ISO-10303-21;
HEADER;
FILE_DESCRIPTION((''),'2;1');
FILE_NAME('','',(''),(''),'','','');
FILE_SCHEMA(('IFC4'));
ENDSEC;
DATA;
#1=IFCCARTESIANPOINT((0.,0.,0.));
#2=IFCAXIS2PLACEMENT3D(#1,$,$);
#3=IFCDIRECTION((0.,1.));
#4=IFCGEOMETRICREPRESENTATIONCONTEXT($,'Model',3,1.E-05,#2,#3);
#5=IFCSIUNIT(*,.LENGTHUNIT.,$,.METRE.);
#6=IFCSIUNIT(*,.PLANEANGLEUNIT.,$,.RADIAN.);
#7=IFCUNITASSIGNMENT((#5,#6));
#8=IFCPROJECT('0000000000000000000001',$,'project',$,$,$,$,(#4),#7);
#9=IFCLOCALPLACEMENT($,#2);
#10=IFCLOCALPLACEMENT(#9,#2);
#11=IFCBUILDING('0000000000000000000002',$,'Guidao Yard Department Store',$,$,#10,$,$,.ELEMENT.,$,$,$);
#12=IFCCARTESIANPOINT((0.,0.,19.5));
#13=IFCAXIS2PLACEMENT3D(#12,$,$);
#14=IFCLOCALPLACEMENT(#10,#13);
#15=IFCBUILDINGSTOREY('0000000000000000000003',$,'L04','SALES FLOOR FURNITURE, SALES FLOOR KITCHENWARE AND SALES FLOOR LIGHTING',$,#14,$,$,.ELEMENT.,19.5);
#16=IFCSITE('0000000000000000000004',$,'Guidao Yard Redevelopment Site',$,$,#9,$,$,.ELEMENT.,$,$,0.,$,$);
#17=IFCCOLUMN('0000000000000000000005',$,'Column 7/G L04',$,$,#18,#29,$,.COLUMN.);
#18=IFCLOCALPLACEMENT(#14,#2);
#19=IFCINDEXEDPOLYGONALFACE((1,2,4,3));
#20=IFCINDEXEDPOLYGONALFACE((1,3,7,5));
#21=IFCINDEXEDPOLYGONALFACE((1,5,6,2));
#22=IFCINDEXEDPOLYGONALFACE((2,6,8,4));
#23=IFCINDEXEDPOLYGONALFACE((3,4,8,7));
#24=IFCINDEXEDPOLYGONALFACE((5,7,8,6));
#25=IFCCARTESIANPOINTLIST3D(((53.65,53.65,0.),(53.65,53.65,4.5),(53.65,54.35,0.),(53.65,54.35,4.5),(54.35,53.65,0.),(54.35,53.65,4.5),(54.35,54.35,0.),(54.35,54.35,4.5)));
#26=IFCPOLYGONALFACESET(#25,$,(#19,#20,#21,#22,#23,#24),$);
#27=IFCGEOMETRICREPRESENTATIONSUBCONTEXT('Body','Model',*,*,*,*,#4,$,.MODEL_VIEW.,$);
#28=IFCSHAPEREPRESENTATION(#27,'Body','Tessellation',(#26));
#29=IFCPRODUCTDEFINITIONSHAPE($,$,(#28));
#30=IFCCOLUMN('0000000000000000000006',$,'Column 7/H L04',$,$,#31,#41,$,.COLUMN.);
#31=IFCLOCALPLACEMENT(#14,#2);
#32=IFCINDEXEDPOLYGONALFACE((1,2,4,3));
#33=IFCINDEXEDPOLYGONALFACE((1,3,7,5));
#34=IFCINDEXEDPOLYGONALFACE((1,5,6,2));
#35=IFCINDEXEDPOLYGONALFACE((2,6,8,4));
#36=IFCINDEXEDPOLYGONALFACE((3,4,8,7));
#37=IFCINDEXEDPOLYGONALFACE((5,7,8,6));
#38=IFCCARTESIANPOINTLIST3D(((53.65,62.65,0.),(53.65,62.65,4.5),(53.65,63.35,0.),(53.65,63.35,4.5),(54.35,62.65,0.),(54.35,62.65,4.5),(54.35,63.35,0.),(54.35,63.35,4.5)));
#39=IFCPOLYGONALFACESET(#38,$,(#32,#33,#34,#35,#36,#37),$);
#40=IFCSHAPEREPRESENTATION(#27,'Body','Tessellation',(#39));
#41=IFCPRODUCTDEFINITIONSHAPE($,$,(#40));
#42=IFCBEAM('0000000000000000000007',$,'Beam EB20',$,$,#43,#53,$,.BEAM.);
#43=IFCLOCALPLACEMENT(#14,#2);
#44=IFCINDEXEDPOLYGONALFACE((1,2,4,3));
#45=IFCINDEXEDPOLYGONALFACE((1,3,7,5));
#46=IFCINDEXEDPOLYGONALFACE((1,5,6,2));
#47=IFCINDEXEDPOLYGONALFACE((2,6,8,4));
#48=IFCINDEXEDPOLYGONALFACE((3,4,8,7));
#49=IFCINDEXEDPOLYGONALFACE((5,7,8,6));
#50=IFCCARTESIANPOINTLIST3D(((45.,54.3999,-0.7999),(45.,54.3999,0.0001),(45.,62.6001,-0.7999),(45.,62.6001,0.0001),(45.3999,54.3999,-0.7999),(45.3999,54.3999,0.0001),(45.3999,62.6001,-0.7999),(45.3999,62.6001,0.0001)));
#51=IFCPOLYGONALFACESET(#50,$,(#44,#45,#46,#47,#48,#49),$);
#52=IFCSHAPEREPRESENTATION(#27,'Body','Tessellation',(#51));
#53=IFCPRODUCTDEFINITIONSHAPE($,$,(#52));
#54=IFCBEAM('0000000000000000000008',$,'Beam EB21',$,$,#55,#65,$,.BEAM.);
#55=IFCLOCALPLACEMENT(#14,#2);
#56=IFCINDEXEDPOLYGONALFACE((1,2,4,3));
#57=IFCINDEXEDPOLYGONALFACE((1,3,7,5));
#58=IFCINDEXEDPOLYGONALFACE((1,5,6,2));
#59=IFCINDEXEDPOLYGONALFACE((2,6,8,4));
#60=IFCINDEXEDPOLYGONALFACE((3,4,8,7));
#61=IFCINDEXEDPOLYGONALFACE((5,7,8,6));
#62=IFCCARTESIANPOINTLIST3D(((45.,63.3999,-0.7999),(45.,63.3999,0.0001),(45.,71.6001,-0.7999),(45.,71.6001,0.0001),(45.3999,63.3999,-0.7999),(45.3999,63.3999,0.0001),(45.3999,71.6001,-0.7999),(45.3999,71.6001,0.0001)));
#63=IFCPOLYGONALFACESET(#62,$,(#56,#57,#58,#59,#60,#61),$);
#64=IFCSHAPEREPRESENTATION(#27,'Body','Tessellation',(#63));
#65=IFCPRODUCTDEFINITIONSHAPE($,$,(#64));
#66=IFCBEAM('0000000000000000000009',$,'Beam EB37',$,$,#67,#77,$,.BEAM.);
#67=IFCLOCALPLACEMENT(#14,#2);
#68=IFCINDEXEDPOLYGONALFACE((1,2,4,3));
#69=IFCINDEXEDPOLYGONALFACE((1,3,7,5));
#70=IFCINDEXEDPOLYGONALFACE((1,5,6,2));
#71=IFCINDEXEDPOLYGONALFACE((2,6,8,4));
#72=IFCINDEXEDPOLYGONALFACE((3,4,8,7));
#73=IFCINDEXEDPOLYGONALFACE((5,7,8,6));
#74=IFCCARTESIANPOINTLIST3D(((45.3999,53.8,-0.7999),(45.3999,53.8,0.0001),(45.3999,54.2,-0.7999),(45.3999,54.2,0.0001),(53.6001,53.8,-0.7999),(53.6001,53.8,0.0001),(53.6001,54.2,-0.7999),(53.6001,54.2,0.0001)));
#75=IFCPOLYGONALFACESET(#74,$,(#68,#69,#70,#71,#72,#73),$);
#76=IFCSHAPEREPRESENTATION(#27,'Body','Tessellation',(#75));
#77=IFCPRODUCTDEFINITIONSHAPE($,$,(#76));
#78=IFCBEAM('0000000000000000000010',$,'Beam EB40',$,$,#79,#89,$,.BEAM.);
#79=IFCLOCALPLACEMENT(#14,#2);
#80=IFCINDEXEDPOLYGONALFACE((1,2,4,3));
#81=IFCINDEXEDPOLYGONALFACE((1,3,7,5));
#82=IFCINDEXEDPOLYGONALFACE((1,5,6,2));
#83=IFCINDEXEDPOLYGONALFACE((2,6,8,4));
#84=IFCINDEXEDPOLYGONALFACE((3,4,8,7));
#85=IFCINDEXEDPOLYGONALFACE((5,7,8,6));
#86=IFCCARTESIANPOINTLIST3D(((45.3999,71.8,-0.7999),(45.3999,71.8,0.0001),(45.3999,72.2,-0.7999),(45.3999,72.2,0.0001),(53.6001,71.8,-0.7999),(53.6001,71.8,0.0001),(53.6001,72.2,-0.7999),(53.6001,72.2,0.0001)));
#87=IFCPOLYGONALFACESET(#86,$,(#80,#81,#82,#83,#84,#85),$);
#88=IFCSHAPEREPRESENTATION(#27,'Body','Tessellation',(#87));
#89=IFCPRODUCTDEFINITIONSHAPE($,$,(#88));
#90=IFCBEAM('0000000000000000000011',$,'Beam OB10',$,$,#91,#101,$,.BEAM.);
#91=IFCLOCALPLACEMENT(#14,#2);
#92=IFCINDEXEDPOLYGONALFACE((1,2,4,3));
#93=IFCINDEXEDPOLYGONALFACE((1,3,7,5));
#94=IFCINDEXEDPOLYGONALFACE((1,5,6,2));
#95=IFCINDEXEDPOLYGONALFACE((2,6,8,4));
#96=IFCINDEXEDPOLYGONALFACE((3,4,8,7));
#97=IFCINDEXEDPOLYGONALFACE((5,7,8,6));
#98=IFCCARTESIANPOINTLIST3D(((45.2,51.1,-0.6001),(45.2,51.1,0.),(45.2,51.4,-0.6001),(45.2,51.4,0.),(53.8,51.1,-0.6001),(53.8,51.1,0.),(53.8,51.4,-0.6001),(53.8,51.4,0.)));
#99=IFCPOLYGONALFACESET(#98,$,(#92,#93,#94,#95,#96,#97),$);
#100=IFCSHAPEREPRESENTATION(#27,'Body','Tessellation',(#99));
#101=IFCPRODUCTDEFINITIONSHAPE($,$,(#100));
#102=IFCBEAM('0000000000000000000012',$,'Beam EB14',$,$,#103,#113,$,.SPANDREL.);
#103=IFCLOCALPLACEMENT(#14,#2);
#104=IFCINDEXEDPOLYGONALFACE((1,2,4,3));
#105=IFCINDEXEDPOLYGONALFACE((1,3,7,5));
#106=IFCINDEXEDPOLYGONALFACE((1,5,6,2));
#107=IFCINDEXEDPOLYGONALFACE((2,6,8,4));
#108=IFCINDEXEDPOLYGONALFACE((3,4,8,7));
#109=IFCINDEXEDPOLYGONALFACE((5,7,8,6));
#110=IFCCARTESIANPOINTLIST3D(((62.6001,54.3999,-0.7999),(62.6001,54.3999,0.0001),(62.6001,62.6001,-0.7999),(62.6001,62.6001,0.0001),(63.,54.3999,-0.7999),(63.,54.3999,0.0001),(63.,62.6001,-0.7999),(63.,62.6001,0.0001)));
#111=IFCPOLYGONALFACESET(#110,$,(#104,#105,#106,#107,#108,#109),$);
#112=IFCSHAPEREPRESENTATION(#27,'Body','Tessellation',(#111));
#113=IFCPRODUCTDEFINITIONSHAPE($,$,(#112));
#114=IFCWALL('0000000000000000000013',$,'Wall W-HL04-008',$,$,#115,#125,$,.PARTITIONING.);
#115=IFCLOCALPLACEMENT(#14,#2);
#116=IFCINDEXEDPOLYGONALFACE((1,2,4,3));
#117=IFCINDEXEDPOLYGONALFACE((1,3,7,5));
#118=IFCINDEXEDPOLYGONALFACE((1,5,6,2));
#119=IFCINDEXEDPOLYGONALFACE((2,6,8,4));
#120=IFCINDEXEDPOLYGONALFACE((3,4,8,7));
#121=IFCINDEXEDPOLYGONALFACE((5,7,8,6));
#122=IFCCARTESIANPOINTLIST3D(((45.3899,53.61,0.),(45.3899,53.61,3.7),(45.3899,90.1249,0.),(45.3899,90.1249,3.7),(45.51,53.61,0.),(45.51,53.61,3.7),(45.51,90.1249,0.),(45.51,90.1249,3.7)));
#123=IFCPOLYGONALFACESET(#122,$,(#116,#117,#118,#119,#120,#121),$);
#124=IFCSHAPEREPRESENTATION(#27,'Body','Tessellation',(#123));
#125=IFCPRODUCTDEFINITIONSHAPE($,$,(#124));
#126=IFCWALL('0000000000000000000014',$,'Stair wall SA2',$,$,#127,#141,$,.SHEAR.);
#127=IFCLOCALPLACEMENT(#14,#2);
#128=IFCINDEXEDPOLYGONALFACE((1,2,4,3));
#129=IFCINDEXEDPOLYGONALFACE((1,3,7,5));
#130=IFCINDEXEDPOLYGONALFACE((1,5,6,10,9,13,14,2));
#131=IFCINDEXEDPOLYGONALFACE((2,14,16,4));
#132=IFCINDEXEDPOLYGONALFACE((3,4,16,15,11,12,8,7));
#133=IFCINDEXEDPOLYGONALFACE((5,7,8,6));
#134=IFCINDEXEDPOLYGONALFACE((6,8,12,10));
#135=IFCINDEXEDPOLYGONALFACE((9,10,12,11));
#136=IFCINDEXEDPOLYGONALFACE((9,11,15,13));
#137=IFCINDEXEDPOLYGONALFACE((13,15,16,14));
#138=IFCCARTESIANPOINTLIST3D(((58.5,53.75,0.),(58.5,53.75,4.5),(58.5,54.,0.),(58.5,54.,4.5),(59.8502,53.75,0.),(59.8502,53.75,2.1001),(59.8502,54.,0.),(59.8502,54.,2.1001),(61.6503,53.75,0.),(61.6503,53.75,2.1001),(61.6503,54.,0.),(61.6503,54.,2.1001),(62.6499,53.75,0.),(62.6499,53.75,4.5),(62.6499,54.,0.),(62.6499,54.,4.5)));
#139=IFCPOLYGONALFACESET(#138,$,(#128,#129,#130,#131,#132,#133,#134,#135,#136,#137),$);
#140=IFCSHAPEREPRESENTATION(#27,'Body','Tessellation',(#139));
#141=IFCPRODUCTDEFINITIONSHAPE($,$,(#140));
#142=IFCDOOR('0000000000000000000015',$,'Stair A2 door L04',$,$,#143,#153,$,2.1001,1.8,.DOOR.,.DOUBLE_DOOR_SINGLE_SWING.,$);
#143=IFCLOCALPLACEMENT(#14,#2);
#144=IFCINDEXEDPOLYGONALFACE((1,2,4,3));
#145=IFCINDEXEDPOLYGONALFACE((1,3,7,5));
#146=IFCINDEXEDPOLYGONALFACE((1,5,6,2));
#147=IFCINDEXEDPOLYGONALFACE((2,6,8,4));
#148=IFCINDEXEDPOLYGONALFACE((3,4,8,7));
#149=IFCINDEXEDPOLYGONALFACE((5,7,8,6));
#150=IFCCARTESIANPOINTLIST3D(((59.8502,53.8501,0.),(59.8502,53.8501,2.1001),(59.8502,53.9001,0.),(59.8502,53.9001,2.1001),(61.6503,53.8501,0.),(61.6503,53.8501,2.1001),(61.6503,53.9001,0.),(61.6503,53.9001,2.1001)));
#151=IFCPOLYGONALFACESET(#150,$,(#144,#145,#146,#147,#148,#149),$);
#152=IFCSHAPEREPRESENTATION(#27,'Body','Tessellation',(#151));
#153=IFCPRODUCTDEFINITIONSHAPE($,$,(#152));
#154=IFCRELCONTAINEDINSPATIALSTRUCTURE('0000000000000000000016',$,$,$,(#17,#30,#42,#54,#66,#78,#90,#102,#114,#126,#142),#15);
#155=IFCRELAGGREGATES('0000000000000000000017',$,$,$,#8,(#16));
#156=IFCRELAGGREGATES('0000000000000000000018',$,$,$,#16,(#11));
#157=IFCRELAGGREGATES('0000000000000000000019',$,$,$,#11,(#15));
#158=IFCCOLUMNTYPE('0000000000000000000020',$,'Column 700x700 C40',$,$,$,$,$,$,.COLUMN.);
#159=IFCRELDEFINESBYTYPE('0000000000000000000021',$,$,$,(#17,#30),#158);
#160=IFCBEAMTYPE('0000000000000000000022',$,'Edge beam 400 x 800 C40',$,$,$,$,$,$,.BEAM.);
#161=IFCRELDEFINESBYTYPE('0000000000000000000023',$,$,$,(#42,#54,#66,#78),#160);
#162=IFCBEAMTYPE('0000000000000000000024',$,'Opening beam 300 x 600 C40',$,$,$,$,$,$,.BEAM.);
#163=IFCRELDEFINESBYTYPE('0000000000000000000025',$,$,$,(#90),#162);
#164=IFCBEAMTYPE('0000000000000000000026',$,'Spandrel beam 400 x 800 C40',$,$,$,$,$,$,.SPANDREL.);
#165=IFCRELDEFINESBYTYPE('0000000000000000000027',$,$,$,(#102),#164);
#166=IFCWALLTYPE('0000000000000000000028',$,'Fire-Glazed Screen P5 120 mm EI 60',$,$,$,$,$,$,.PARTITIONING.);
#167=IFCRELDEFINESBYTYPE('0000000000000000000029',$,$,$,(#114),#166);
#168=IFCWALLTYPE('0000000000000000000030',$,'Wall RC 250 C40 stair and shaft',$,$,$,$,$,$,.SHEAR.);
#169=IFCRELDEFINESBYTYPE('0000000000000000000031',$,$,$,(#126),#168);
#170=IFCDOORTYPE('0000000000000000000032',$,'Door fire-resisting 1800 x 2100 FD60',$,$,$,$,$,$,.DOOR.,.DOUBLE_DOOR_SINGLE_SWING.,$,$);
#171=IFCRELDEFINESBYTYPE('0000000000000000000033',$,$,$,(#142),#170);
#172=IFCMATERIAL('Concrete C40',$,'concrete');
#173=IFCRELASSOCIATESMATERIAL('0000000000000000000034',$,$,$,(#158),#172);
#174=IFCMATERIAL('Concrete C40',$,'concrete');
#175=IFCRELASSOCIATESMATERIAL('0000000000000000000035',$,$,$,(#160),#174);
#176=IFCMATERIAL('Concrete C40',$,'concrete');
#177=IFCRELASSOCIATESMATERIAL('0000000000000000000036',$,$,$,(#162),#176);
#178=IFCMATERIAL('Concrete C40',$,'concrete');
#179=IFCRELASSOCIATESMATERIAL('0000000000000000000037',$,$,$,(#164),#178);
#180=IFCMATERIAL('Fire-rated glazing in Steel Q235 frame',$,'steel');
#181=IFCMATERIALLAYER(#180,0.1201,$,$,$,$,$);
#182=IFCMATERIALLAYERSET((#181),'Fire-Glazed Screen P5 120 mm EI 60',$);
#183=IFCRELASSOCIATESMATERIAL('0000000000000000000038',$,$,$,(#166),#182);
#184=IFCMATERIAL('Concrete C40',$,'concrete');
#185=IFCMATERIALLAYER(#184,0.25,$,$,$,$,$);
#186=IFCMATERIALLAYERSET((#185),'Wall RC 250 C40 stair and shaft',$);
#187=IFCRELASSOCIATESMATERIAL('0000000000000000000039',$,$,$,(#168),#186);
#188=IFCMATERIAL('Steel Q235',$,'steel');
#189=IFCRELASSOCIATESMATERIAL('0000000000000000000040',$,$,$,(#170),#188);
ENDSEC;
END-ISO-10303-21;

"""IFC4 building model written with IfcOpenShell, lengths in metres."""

from ifc_helpers import new_model, si_unit, direction, frame, frame_2d, origin, origin_2d, place, context, subcontext, project, spatial, rectangle, extrude, material, layer, layer_set, material_profile, profile_set, type_object, element, fill, save


model = new_model("IFC4")

# Units and contexts
model_context = context("Model", 3, precision=1e-05, world=origin(), true_north=direction((0.0, 1.0)))
body_context = subcontext(model_context, "Body", "Model", "MODEL_VIEW")
ifc_project = project(units=[si_unit("LENGTHUNIT", "METRE"), si_unit("PLANEANGLEUNIT", "RADIAN")], contexts=[model_context])

# Site, building, storey
site_placement = place(None, origin())
site = spatial("IfcSite", under=ifc_project, at=site_placement, Name="Guidao Yard Redevelopment Site", CompositionType="ELEMENT", RefElevation=0.0)
building_placement = place(site_placement, origin())
building = spatial("IfcBuilding", under=site, at=building_placement, Name="Guidao Yard Department Store", CompositionType="ELEMENT")
storey_placement = place(building_placement, frame((0.0, 0.0, 19.5)))
storey = spatial("IfcBuildingStorey", under=building, at=storey_placement, Name="L04", Description="SALES FLOOR FURNITURE, SALES FLOOR KITCHENWARE AND SALES FLOOR LIGHTING", CompositionType="ELEMENT", Elevation=19.5)

# Columns
ifc_material_1 = material(Name="Concrete C40", Category="concrete")
ifc_material_profile_1 = material_profile(ifc_material_1, rectangle(XDim=0.7, YDim=0.7, at=origin_2d()), Name="COL 700x700")
ifc_profile_set_1 = profile_set([ifc_material_profile_1], Name="Concrete C40")
column_type = type_object("IfcColumnType", Name="Column 700x700 C40", PredefinedType="COLUMN", material=ifc_profile_set_1)
for number, where, z_axis, x_axis, name in (
    (1, (54.0, 54.0, 0.0), (0.0, 0.0, 1.0), (1.0, 0.0, 0.0), "Column 7/G L04"),
    (2, (54.0, 63.0, 0.0), (0.0, 0.0, 1.0), (1.0, 0.0, 0.0), "Column 7/H L04"),
):
    element("IfcColumn", number, at=place(storey_placement, frame(where, z_axis=z_axis, x_axis=x_axis)), inside=storey, type_object=column_type, Name=name, PredefinedType="COLUMN", context=body_context, shape_type="SweptSolid", body=[
        extrude(rectangle(XDim=0.7, YDim=0.7, at=origin_2d()), origin(), (0.0, 0.0, 1.0), 4.5),
    ])

# Beams
ifc_material_2 = material(Name="Concrete C40", Category="concrete")
ifc_material_profile_2 = material_profile(ifc_material_2, rectangle(XDim=0.3999, YDim=0.8, at=origin_2d()), Name="Edge beam 400 x 800 C40")
ifc_profile_set_2 = profile_set([ifc_material_profile_2], Name="Concrete C40")
beam_type_1 = type_object("IfcBeamType", Name="Edge beam 400 x 800 C40", PredefinedType="BEAM", material=ifc_profile_set_2)
for number, where, z_axis, x_axis, name in (
    (3, (45.2, 54.3999, -0.3999), (0.0, 1.0, 0.0), (-1.0, 0.0, 0.0), "Beam EB20"),
    (4, (45.2, 63.3999, -0.3999), (0.0, 1.0, 0.0), (-1.0, 0.0, 0.0), "Beam EB21"),
    (5, (45.3999, 54.0, -0.3999), (1.0, 0.0, 0.0), (0.0, 1.0, 0.0), "Beam EB37"),
    (6, (45.3999, 72.0, -0.3999), (1.0, 0.0, 0.0), (0.0, 1.0, 0.0), "Beam EB40"),
):
    element("IfcBeam", number, at=place(storey_placement, frame(where, z_axis=z_axis, x_axis=x_axis)), inside=storey, type_object=beam_type_1, Name=name, PredefinedType="BEAM", context=body_context, shape_type="SweptSolid", body=[
        extrude(rectangle(XDim=0.3999, YDim=0.8, at=origin_2d()), origin(), (0.0, 0.0, 1.0), 8.2002),
    ])
ifc_material_3 = material(Name="Concrete C40", Category="concrete")
ifc_material_profile_3 = material_profile(ifc_material_3, rectangle(XDim=0.3, YDim=0.6001, at=origin_2d()), Name="Opening beam 300 x 600 C40")
ifc_profile_set_3 = profile_set([ifc_material_profile_3], Name="Concrete C40")
beam_type_2 = type_object("IfcBeamType", Name="Opening beam 300 x 600 C40", PredefinedType="BEAM", material=ifc_profile_set_3)
beam_1_placement = place(storey_placement, frame((45.2, 51.25, -0.3), z_axis=(1.0, 0.0, 0.0), x_axis=(0.0, 1.0, 0.0)))
element("IfcBeam", 7, at=beam_1_placement, inside=storey, type_object=beam_type_2, Name="Beam OB10", PredefinedType="BEAM", context=body_context, shape_type="SweptSolid", body=[
    extrude(rectangle(XDim=0.3, YDim=0.6001, at=origin_2d()), origin(), (0.0, 0.0, 1.0), 8.6001),
])
ifc_material_4 = material(Name="Concrete C40", Category="concrete")
ifc_material_profile_4 = material_profile(ifc_material_4, rectangle(XDim=0.3999, YDim=0.8, at=origin_2d()), Name="Spandrel beam 400 x 800 C40")
ifc_profile_set_4 = profile_set([ifc_material_profile_4], Name="Concrete C40")
beam_type_3 = type_object("IfcBeamType", Name="Spandrel beam 400 x 800 C40", PredefinedType="SPANDREL", material=ifc_profile_set_4)
beam_2_placement = place(storey_placement, frame((62.8, 54.3999, -0.3999), z_axis=(0.0, 1.0, 0.0), x_axis=(-1.0, 0.0, 0.0)))
element("IfcBeam", 8, at=beam_2_placement, inside=storey, type_object=beam_type_3, Name="Beam EB14", PredefinedType="SPANDREL", context=body_context, shape_type="SweptSolid", body=[
    extrude(rectangle(XDim=0.3999, YDim=0.8, at=origin_2d()), origin(), (0.0, 0.0, 1.0), 8.2002),
])

# Wall
ifc_material_5 = material(Name="Fire-rated glazing in Steel Q235 frame", Category="steel")
ifc_layer_1 = layer(ifc_material_5, 0.1201)
ifc_layer_set_1 = layer_set([ifc_layer_1], Name="Fire-Glazed Screen P5 120 mm EI 60")
wall_type_1 = type_object("IfcWallType", Name="Fire-Glazed Screen P5 120 mm EI 60", PredefinedType="PARTITIONING", material=ifc_layer_set_1)
wall_1_placement = place(storey_placement, frame((45.45, 53.6101, 0.0), z_axis=(0.0, 0.0, 1.0), x_axis=(0.0, 1.0, 0.0)))
element("IfcWall", 9, at=wall_1_placement, inside=storey, type_object=wall_type_1, Name="Wall W-HL04-008", PredefinedType="PARTITIONING", context=body_context, shape_type="SweptSolid", body=[
    extrude(rectangle(XDim=36.5149, YDim=0.1201, at=frame_2d((18.2573, 0.0))), origin(), (0.0, 0.0, 1.0), 3.7),
])

# Wall, opening, door
ifc_material_6 = material(Name="Concrete C40", Category="concrete")
ifc_layer_2 = layer(ifc_material_6, 0.25)
ifc_layer_set_2 = layer_set([ifc_layer_2], Name="Wall RC 250 C40 stair and shaft")
wall_type_2 = type_object("IfcWallType", Name="Wall RC 250 C40 stair and shaft", PredefinedType="SHEAR", material=ifc_layer_set_2)
wall_2_placement = place(storey_placement, frame((58.5, 53.875, 0.0), z_axis=(0.0, 0.0, 1.0), x_axis=(1.0, 0.0, 0.0)))
wall_2 = element("IfcWall", 10, at=wall_2_placement, inside=storey, type_object=wall_type_2, Name="Stair wall SA2", PredefinedType="SHEAR", context=body_context, shape_type="SweptSolid", body=[
    extrude(rectangle(XDim=4.1499, YDim=0.25, at=frame_2d((2.075, 0.0))), origin(), (0.0, 0.0, 1.0), 4.5),
])
opening_1_placement = place(wall_2_placement, frame((3.1501, 0.0, 0.0), z_axis=(0.0, 0.0, 1.0), x_axis=(-1.0, 0.0, 0.0)))
opening_1 = element("IfcOpeningElement", 11, at=opening_1_placement, cuts=wall_2, PredefinedType="OPENING", context=body_context, shape_type="SweptSolid", body=[
    extrude(rectangle(XDim=1.8, YDim=2.1001, at=frame_2d((0.8999, 1.05))), frame((0.0, 0.135, 0.0), z_axis=(0.0, -1.0, 0.0), x_axis=(1.0, 0.0, 0.0)), (0.0, 0.0, 1.0), 0.27),
])
ifc_material_7 = material(Name="Steel Q235", Category="steel")
door_type_1 = type_object("IfcDoorType", Name="Door fire-resisting 1800 x 2100 FD60", OperationType="DOUBLE_DOOR_SINGLE_SWING", PredefinedType="DOOR", material=ifc_material_7)
door_1_placement = place(opening_1_placement, origin())
door_1 = element("IfcDoor", 12, at=door_1_placement, inside=storey, type_object=door_type_1, Name="Stair A2 door L04", OperationType="DOUBLE_DOOR_SINGLE_SWING", OverallHeight=2.1001, OverallWidth=1.8, PredefinedType="DOOR", context=body_context, shape_type="SweptSolid", body=[
    extrude(rectangle(XDim=1.8, YDim=2.1001, at=frame_2d((0.8999, 1.05))), frame((0.0, 0.0249, 0.0), z_axis=(0.0, -1.0, 0.0), x_axis=(1.0, 0.0, 0.0)), (0.0, 0.0, 1.0), 0.05),
])
fill(opening_1, door_1)

save(model, "model.ifc")
